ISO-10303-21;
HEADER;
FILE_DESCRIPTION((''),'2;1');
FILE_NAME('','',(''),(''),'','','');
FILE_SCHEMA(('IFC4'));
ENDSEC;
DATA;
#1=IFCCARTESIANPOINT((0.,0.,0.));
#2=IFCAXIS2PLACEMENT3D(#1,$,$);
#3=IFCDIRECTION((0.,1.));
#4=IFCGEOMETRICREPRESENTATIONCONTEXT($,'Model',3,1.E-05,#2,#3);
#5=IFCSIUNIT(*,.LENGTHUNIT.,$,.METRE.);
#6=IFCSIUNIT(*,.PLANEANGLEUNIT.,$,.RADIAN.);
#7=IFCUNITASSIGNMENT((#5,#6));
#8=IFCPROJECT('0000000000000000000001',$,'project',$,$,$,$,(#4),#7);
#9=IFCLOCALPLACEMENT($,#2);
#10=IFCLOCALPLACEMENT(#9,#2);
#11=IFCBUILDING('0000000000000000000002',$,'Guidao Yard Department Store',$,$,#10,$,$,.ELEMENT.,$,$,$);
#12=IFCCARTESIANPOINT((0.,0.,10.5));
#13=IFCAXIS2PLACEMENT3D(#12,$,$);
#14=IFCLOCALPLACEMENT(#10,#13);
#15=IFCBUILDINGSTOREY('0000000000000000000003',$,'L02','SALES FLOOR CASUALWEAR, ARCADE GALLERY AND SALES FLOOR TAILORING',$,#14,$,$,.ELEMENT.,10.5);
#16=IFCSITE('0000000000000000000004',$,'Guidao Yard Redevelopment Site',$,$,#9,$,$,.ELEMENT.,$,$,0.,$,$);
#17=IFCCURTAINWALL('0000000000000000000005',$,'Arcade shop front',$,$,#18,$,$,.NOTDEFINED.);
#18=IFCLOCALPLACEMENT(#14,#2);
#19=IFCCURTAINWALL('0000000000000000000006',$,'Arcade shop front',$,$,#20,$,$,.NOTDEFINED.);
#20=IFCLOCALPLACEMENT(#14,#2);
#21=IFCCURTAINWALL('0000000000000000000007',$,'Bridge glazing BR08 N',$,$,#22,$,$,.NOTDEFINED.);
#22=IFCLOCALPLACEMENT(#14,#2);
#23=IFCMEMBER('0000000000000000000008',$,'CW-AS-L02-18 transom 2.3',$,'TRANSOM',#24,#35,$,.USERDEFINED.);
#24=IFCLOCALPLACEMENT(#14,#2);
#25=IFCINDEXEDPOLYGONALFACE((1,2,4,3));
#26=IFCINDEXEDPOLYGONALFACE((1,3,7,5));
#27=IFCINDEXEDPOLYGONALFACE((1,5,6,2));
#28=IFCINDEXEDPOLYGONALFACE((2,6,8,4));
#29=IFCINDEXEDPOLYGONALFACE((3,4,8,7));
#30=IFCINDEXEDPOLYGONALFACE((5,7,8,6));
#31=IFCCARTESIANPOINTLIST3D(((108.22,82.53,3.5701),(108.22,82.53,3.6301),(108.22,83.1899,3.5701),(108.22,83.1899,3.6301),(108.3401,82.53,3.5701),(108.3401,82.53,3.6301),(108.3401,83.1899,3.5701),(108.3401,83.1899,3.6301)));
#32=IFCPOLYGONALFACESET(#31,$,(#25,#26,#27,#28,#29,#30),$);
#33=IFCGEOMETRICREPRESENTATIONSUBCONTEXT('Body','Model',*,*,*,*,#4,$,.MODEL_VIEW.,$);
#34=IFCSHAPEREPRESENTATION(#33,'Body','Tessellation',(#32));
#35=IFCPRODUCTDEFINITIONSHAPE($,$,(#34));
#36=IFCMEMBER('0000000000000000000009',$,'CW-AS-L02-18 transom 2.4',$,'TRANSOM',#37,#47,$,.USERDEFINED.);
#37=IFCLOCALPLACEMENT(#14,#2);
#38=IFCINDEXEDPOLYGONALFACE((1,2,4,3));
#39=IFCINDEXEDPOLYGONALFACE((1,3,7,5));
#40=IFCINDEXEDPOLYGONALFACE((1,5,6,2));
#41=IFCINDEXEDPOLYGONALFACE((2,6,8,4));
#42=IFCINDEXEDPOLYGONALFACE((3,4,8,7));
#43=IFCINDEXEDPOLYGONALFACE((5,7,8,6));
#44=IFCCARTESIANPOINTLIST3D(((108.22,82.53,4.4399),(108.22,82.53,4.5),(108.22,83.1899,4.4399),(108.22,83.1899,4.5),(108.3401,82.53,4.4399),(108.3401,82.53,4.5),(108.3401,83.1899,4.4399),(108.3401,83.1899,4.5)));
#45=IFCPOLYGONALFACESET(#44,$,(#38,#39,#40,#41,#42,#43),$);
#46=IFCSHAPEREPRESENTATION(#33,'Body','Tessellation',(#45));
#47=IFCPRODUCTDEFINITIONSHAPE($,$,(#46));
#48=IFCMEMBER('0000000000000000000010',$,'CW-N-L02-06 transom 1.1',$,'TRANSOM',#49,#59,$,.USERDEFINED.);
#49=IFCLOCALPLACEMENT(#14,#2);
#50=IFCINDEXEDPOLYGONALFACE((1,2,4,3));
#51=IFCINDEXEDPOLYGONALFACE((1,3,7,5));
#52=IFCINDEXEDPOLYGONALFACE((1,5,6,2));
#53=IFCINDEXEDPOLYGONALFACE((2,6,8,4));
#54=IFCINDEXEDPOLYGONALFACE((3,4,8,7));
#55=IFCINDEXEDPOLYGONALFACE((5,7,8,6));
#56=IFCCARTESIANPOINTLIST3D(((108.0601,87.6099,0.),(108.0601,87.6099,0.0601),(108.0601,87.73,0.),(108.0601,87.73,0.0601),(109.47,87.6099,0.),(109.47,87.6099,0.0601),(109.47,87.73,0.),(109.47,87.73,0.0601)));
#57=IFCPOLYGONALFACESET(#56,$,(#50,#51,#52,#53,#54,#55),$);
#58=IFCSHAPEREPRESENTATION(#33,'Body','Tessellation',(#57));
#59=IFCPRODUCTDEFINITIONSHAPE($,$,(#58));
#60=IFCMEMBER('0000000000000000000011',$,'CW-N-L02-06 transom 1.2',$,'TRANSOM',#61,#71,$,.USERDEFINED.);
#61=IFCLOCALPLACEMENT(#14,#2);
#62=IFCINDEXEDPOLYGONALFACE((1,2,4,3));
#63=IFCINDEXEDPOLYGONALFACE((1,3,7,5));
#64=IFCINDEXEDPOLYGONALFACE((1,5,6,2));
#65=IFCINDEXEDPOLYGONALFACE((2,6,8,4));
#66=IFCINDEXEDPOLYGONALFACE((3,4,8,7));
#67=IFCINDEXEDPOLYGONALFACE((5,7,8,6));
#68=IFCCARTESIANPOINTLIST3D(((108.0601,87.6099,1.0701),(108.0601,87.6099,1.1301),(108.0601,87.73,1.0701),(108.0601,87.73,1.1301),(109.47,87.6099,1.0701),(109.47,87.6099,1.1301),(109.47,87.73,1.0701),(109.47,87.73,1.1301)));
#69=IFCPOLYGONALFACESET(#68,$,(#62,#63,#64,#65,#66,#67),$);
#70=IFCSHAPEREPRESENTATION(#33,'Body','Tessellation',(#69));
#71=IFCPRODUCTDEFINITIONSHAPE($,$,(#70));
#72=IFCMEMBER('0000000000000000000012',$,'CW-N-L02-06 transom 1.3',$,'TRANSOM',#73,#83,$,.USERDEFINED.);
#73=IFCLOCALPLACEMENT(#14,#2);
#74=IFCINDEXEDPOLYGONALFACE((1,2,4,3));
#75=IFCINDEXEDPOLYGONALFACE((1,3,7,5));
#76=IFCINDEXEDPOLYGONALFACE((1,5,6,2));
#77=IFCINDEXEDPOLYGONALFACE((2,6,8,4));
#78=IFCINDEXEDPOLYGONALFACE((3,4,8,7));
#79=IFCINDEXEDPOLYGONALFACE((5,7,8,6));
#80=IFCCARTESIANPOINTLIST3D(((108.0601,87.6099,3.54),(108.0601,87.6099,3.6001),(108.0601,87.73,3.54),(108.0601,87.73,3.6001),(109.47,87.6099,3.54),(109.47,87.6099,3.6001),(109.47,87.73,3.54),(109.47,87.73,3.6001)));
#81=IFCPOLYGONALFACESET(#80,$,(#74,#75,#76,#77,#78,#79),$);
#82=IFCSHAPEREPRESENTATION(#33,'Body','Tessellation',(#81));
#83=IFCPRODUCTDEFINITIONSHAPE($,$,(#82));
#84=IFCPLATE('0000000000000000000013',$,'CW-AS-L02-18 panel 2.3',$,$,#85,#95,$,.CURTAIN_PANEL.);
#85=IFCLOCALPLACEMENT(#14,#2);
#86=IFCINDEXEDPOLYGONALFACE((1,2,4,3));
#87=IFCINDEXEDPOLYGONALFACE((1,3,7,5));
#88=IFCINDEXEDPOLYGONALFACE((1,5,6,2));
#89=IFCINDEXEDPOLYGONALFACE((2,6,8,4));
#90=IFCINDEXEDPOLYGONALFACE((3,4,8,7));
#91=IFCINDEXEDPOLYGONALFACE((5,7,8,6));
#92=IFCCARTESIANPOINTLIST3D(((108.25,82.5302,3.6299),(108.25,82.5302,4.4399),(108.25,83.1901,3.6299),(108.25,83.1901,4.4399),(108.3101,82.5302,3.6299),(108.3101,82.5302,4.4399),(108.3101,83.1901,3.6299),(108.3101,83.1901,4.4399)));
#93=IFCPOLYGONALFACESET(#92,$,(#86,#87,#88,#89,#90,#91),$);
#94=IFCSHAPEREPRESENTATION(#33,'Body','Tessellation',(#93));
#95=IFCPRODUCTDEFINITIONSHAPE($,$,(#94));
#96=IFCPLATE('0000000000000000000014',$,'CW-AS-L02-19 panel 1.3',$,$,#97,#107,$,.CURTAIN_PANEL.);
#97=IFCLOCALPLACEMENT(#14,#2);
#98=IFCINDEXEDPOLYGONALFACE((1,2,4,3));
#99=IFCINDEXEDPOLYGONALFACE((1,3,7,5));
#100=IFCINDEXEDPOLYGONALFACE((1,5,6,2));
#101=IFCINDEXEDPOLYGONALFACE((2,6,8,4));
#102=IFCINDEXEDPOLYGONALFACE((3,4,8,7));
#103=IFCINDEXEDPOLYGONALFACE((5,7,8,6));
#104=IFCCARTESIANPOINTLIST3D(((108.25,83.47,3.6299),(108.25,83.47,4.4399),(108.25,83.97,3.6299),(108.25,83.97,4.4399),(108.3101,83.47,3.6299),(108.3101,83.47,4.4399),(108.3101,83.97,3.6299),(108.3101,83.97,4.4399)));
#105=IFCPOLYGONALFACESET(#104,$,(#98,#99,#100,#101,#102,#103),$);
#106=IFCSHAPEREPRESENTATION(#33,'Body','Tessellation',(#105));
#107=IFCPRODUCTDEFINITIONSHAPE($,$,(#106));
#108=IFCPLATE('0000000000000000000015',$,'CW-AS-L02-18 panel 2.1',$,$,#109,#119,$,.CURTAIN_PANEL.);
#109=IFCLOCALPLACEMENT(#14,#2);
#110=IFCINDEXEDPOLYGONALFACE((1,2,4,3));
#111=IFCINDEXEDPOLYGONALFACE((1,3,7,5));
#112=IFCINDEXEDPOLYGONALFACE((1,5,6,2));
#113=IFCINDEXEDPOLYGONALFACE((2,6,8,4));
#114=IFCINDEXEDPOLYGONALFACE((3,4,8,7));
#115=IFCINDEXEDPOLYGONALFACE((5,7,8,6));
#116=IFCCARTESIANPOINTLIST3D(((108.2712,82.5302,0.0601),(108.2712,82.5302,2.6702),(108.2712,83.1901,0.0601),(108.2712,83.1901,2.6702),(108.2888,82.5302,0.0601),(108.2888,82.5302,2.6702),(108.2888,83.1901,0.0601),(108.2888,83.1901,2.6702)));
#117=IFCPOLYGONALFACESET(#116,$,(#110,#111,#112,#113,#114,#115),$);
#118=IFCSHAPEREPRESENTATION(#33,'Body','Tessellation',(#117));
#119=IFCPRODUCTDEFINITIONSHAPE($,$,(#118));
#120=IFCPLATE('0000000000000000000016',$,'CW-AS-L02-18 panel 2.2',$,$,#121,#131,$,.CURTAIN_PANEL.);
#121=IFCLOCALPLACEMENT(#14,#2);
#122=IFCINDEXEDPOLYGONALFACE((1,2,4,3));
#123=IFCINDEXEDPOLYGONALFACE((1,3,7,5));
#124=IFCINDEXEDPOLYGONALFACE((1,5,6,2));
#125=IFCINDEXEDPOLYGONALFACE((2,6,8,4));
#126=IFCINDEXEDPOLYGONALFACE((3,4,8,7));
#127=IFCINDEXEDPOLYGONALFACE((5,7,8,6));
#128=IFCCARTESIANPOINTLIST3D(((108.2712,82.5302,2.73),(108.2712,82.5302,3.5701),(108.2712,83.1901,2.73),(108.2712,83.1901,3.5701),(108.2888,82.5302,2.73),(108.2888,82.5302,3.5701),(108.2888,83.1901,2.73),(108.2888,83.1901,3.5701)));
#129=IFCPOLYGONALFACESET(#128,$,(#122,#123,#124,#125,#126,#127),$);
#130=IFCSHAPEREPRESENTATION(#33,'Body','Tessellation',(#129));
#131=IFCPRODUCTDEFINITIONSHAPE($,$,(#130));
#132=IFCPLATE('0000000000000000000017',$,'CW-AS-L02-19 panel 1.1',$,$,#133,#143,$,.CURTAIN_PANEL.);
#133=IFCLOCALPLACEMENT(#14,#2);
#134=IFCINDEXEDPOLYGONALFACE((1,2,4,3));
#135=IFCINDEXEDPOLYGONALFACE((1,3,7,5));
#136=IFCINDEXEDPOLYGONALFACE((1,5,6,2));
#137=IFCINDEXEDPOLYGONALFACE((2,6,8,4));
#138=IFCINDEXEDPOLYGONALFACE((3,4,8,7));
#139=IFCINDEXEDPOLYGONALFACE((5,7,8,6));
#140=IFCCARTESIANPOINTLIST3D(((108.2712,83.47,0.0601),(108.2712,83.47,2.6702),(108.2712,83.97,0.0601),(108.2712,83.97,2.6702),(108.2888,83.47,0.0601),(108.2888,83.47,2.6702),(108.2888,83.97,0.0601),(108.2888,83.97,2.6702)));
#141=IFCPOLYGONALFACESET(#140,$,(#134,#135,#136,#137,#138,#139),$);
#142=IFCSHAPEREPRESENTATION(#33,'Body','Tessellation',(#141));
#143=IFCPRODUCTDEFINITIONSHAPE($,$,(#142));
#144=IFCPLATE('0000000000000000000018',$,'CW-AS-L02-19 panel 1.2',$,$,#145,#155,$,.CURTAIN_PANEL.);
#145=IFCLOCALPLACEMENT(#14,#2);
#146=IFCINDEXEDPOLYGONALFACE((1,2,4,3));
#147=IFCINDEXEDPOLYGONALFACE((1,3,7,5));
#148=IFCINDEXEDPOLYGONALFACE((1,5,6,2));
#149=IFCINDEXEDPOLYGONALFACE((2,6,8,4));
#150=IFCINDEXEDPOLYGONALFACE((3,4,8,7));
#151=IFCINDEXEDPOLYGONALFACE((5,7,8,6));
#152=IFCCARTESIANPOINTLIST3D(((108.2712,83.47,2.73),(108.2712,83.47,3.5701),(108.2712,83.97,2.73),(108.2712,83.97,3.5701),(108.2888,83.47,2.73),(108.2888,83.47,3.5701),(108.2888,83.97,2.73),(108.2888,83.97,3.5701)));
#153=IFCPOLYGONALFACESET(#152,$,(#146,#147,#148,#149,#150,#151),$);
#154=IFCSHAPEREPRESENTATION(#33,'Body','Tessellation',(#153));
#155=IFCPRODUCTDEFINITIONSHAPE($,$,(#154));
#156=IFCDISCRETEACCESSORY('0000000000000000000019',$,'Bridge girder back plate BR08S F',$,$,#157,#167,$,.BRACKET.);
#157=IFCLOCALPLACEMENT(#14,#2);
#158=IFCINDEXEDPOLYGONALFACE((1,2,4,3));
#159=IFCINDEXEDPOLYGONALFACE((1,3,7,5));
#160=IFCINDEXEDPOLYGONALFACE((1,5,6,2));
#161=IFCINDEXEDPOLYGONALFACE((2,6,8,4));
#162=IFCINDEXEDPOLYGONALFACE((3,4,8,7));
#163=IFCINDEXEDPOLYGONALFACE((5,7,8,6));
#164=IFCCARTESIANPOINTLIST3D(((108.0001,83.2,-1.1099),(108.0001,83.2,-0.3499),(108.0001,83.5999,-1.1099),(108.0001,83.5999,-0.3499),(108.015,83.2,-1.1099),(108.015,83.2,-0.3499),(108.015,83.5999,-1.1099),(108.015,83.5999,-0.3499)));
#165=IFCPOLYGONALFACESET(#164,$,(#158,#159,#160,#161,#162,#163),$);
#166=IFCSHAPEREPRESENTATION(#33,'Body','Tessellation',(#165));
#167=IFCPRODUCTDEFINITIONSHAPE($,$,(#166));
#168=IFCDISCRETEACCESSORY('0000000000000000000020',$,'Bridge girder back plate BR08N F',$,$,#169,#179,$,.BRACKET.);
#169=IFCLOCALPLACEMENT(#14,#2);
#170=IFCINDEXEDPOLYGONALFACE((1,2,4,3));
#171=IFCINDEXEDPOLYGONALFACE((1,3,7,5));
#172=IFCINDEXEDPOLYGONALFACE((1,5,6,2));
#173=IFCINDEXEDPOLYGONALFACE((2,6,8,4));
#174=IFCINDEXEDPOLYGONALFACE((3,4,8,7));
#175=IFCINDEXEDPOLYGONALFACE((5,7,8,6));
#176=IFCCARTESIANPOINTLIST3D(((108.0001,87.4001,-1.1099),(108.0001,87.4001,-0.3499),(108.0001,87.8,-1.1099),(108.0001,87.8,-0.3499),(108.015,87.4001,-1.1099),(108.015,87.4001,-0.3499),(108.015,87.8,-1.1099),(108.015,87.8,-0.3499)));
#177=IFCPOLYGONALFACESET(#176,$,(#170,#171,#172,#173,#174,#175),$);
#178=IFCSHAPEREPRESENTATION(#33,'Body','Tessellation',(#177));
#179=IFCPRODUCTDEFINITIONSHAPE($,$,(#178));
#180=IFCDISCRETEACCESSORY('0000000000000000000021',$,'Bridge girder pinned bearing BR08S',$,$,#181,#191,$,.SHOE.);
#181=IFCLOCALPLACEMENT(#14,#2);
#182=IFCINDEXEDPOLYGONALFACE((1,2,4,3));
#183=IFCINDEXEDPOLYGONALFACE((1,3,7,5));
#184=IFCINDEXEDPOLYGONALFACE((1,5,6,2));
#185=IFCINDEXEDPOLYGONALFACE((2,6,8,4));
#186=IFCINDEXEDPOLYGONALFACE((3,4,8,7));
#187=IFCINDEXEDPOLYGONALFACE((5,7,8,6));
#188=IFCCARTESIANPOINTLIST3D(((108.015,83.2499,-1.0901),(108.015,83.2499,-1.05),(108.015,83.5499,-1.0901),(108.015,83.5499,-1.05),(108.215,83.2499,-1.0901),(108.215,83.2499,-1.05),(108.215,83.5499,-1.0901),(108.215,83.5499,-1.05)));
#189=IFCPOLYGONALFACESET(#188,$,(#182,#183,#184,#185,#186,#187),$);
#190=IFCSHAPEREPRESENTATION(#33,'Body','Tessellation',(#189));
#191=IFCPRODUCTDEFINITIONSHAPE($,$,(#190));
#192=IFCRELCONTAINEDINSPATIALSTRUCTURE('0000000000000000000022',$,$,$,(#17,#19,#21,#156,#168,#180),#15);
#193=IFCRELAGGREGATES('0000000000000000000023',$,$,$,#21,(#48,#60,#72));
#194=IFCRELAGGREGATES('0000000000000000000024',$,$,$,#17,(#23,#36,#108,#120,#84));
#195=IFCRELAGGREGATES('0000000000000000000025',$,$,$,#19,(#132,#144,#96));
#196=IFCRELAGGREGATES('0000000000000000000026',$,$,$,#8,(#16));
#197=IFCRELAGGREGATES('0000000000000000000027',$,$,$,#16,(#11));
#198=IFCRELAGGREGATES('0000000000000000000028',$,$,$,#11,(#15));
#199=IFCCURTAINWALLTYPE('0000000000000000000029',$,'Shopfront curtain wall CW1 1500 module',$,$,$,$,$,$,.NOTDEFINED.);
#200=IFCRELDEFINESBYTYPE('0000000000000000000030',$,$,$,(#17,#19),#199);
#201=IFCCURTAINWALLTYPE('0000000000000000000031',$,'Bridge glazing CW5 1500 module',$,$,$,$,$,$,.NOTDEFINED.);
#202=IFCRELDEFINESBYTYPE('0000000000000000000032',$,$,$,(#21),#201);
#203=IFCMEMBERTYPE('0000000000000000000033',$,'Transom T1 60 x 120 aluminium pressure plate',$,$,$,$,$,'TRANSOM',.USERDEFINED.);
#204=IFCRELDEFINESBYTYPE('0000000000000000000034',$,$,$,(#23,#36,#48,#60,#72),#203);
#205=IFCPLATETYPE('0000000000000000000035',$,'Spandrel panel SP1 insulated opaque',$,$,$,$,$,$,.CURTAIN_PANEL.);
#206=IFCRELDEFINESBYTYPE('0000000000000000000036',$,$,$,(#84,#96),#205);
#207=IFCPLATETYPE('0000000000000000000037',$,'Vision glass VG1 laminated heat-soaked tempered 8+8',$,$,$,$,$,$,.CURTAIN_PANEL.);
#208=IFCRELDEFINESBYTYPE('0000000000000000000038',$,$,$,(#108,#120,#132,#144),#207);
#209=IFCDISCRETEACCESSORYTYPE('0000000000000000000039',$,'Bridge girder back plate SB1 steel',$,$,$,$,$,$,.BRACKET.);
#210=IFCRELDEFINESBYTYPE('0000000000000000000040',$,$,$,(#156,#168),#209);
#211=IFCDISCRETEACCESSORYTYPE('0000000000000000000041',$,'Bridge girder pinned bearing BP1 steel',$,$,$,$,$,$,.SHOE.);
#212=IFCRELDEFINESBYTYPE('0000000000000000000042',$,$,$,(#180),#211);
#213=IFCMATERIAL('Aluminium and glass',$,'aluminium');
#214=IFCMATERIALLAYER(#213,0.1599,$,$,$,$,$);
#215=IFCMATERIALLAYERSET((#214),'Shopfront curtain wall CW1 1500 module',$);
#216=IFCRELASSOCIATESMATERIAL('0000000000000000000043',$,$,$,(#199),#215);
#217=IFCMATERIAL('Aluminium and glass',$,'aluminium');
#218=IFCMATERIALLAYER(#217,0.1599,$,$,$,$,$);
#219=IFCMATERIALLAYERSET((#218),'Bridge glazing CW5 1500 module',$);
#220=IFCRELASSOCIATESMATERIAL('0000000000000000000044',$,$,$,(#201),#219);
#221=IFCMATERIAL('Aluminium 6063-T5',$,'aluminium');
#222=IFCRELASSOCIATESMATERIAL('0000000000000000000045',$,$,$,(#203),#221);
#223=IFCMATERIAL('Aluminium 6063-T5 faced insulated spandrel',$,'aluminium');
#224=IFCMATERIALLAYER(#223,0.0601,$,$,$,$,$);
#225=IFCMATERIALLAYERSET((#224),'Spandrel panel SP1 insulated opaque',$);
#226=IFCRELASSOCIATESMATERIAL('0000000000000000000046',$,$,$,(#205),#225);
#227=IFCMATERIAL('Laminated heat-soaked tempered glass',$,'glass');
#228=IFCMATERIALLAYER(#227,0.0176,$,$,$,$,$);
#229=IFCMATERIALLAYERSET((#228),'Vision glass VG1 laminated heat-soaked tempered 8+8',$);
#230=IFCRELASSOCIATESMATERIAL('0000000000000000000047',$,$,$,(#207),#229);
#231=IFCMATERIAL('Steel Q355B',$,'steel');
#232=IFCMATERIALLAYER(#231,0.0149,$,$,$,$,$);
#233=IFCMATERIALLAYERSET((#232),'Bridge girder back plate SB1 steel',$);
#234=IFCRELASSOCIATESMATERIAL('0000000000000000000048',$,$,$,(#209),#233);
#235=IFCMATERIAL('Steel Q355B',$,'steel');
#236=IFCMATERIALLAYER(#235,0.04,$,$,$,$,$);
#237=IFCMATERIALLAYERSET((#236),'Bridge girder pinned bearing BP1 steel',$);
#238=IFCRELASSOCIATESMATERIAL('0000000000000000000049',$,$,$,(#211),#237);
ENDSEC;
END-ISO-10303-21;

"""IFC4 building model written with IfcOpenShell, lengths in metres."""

from ifc_helpers import new_model, si_unit, direction, frame, origin, origin_2d, place, context, subcontext, project, spatial, rectangle, extrude, material, layer, layer_set, material_profile, profile_set, type_object, element, aggregate, save


model = new_model("IFC4")

# Units and contexts
model_context = context("Model", 3, precision=1e-05, world=origin(), true_north=direction((0.0, 1.0)))
body_context = subcontext(model_context, "Body", "Model", "MODEL_VIEW")
ifc_project = project(units=[si_unit("LENGTHUNIT", "METRE"), si_unit("PLANEANGLEUNIT", "RADIAN")], contexts=[model_context])

# Site, building, storey
site_placement = place(None, origin())
site = spatial("IfcSite", under=ifc_project, at=site_placement, Name="Guidao Yard Redevelopment Site", CompositionType="ELEMENT", RefElevation=0.0)
building_placement = place(site_placement, origin())
building = spatial("IfcBuilding", under=site, at=building_placement, Name="Guidao Yard Department Store", CompositionType="ELEMENT")
storey_placement = place(building_placement, frame((0.0, 0.0, 10.5)))
storey = spatial("IfcBuildingStorey", under=building, at=storey_placement, Name="L02", Description="SALES FLOOR CASUALWEAR, ARCADE GALLERY AND SALES FLOOR TAILORING", CompositionType="ELEMENT", Elevation=10.5)

# Curtain wall
ifc_material_1 = material(Name="Aluminium and glass", Category="aluminium")
ifc_layer_1 = layer(ifc_material_1, 0.1599)
ifc_layer_set_1 = layer_set([ifc_layer_1], Name="Shopfront curtain wall CW1 1500 module")
curtain_wall_type_1 = type_object("IfcCurtainWallType", Name="Shopfront curtain wall CW1 1500 module", PredefinedType="NOTDEFINED", material=ifc_layer_set_1)
curtain_wall_1_placement = place(storey_placement, origin())
curtain_wall_1 = element("IfcCurtainWall", 1, at=curtain_wall_1_placement, inside=storey, type_object=curtain_wall_type_1, Name="Arcade shop front", PredefinedType="NOTDEFINED")

# Curtain walls
curtain_wall_2_placement = place(storey_placement, origin())
curtain_wall_2 = element("IfcCurtainWall", 2, at=curtain_wall_2_placement, inside=storey, type_object=curtain_wall_type_1, Name="Arcade shop front", PredefinedType="NOTDEFINED")
ifc_material_2 = material(Name="Aluminium and glass", Category="aluminium")
ifc_layer_2 = layer(ifc_material_2, 0.1599)
ifc_layer_set_2 = layer_set([ifc_layer_2], Name="Bridge glazing CW5 1500 module")
curtain_wall_type_2 = type_object("IfcCurtainWallType", Name="Bridge glazing CW5 1500 module", PredefinedType="NOTDEFINED", material=ifc_layer_set_2)
curtain_wall_3_placement = place(storey_placement, origin())
curtain_wall_3 = element("IfcCurtainWall", 3, at=curtain_wall_3_placement, inside=storey, type_object=curtain_wall_type_2, Name="Bridge glazing BR08 N", PredefinedType="NOTDEFINED")

# Members
ifc_material_3 = material(Name="Aluminium 6063-T5", Category="aluminium")
ifc_material_profile_1 = material_profile(ifc_material_3, rectangle(XDim=0.1201, YDim=0.0601, at=origin_2d()), Name="Transom T1 60 x 120 aluminium pressure plate")
ifc_profile_set_1 = profile_set([ifc_material_profile_1], Name="Aluminium 6063-T5")
member_type_1 = type_object("IfcMemberType", Name="Transom T1 60 x 120 aluminium pressure plate", ElementType="TRANSOM", PredefinedType="USERDEFINED", material=ifc_profile_set_1)
member_1_placement = place(storey_placement, frame((108.28, 83.1899, 3.6001), z_axis=(0.0, -1.0, 0.0), x_axis=(1.0, 0.0, 0.0)))
member_1 = element("IfcMember", 4, at=member_1_placement, type_object=member_type_1, Name="CW-AS-L02-18 transom 2.3", ObjectType="TRANSOM", PredefinedType="USERDEFINED", context=body_context, shape_type="SweptSolid", body=[
    extrude(rectangle(XDim=0.1201, YDim=0.0601, at=origin_2d()), origin(), (0.0, 0.0, 1.0), 0.6599),
])
member_2_placement = place(storey_placement, frame((108.28, 83.1899, 4.47), z_axis=(0.0, -1.0, 0.0), x_axis=(1.0, 0.0, 0.0)))
member_2 = element("IfcMember", 5, at=member_2_placement, type_object=member_type_1, Name="CW-AS-L02-18 transom 2.4", ObjectType="TRANSOM", PredefinedType="USERDEFINED", context=body_context, shape_type="SweptSolid", body=[
    extrude(rectangle(XDim=0.1201, YDim=0.0601, at=origin_2d()), origin(), (0.0, 0.0, 1.0), 0.6599),
])
member_3_placement = place(storey_placement, frame((108.0601, 87.6699, 0.03), z_axis=(1.0, 0.0, 0.0), x_axis=(0.0, 1.0, 0.0)))
member_3 = element("IfcMember", 6, at=member_3_placement, type_object=member_type_1, Name="CW-N-L02-06 transom 1.1", ObjectType="TRANSOM", PredefinedType="USERDEFINED", context=body_context, shape_type="SweptSolid", body=[
    extrude(rectangle(XDim=0.1201, YDim=0.0601, at=origin_2d()), origin(), (0.0, 0.0, 1.0), 1.4099),
])
member_4_placement = place(storey_placement, frame((108.0601, 87.6699, 1.1001), z_axis=(1.0, 0.0, 0.0), x_axis=(0.0, 1.0, 0.0)))
member_4 = element("IfcMember", 7, at=member_4_placement, type_object=member_type_1, Name="CW-N-L02-06 transom 1.2", ObjectType="TRANSOM", PredefinedType="USERDEFINED", context=body_context, shape_type="SweptSolid", body=[
    extrude(rectangle(XDim=0.1201, YDim=0.0601, at=origin_2d()), origin(), (0.0, 0.0, 1.0), 1.4099),
])
member_5_placement = place(storey_placement, frame((108.0601, 87.6699, 3.5701), z_axis=(1.0, 0.0, 0.0), x_axis=(0.0, 1.0, 0.0)))
member_5 = element("IfcMember", 8, at=member_5_placement, type_object=member_type_1, Name="CW-N-L02-06 transom 1.3", ObjectType="TRANSOM", PredefinedType="USERDEFINED", context=body_context, shape_type="SweptSolid", body=[
    extrude(rectangle(XDim=0.1201, YDim=0.0601, at=origin_2d()), origin(), (0.0, 0.0, 1.0), 1.4099),
])
aggregate(curtain_wall_3, [member_3, member_4, member_5])

# Plates
ifc_material_4 = material(Name="Aluminium 6063-T5 faced insulated spandrel", Category="aluminium")
ifc_layer_3 = layer(ifc_material_4, 0.0601)
ifc_layer_set_3 = layer_set([ifc_layer_3], Name="Spandrel panel SP1 insulated opaque")
plate_type_1 = type_object("IfcPlateType", Name="Spandrel panel SP1 insulated opaque", PredefinedType="CURTAIN_PANEL", material=ifc_layer_set_3)
plate_1_placement = place(storey_placement, frame((108.28, 82.8601, 3.6299), z_axis=(0.0, 0.0, 1.0), x_axis=(0.0, -1.0, 0.0)))
plate_1 = element("IfcPlate", 9, at=plate_1_placement, type_object=plate_type_1, Name="CW-AS-L02-18 panel 2.3", PredefinedType="CURTAIN_PANEL", context=body_context, shape_type="SweptSolid", body=[
    extrude(rectangle(XDim=0.6599, YDim=0.0601, at=origin_2d()), origin(), (0.0, 0.0, 1.0), 0.8101),
])
plate_2_placement = place(storey_placement, frame((108.28, 83.72, 3.6299), z_axis=(0.0, 0.0, 1.0), x_axis=(0.0, -1.0, 0.0)))
plate_2 = element("IfcPlate", 10, at=plate_2_placement, type_object=plate_type_1, Name="CW-AS-L02-19 panel 1.3", PredefinedType="CURTAIN_PANEL", context=body_context, shape_type="SweptSolid", body=[
    extrude(rectangle(XDim=0.5, YDim=0.0601, at=origin_2d()), origin(), (0.0, 0.0, 1.0), 0.8101),
])
ifc_material_5 = material(Name="Laminated heat-soaked tempered glass", Category="glass")
ifc_layer_4 = layer(ifc_material_5, 0.0176)
ifc_layer_set_4 = layer_set([ifc_layer_4], Name="Vision glass VG1 laminated heat-soaked tempered 8+8")
plate_type_2 = type_object("IfcPlateType", Name="Vision glass VG1 laminated heat-soaked tempered 8+8", PredefinedType="CURTAIN_PANEL", material=ifc_layer_set_4)
plate_3_placement = place(storey_placement, frame((108.28, 82.8601, 0.0601), z_axis=(0.0, 0.0, 1.0), x_axis=(0.0, -1.0, 0.0)))
plate_3 = element("IfcPlate", 11, at=plate_3_placement, type_object=plate_type_2, Name="CW-AS-L02-18 panel 2.1", PredefinedType="CURTAIN_PANEL", context=body_context, shape_type="SweptSolid", body=[
    extrude(rectangle(XDim=0.6599, YDim=0.0176, at=origin_2d()), origin(), (0.0, 0.0, 1.0), 2.6101),
])
plate_4_placement = place(storey_placement, frame((108.28, 82.8601, 2.73), z_axis=(0.0, 0.0, 1.0), x_axis=(0.0, -1.0, 0.0)))
plate_4 = element("IfcPlate", 12, at=plate_4_placement, type_object=plate_type_2, Name="CW-AS-L02-18 panel 2.2", PredefinedType="CURTAIN_PANEL", context=body_context, shape_type="SweptSolid", body=[
    extrude(rectangle(XDim=0.6599, YDim=0.0176, at=origin_2d()), origin(), (0.0, 0.0, 1.0), 0.8401),
])
aggregate(curtain_wall_1, [member_1, member_2, plate_3, plate_4, plate_1])
plate_5_placement = place(storey_placement, frame((108.28, 83.72, 0.0601), z_axis=(0.0, 0.0, 1.0), x_axis=(0.0, -1.0, 0.0)))
plate_5 = element("IfcPlate", 13, at=plate_5_placement, type_object=plate_type_2, Name="CW-AS-L02-19 panel 1.1", PredefinedType="CURTAIN_PANEL", context=body_context, shape_type="SweptSolid", body=[
    extrude(rectangle(XDim=0.5, YDim=0.0176, at=origin_2d()), origin(), (0.0, 0.0, 1.0), 2.6101),
])
plate_6_placement = place(storey_placement, frame((108.28, 83.72, 2.73), z_axis=(0.0, 0.0, 1.0), x_axis=(0.0, -1.0, 0.0)))
plate_6 = element("IfcPlate", 14, at=plate_6_placement, type_object=plate_type_2, Name="CW-AS-L02-19 panel 1.2", PredefinedType="CURTAIN_PANEL", context=body_context, shape_type="SweptSolid", body=[
    extrude(rectangle(XDim=0.5, YDim=0.0176, at=origin_2d()), origin(), (0.0, 0.0, 1.0), 0.8401),
])
aggregate(curtain_wall_2, [plate_5, plate_6, plate_2])

# Discrete accessories
ifc_material_6 = material(Name="Steel Q355B", Category="steel")
ifc_layer_5 = layer(ifc_material_6, 0.0149)
ifc_layer_set_5 = layer_set([ifc_layer_5], Name="Bridge girder back plate SB1 steel")
discrete_accessory_type_1 = type_object("IfcDiscreteAccessoryType", Name="Bridge girder back plate SB1 steel", PredefinedType="BRACKET", material=ifc_layer_set_5)
for number, where, z_axis, x_axis, name in (
    (15, (108.0076, 83.3999, -1.1099), (0.0, 0.0, 1.0), (1.0, 0.0, 0.0), "Bridge girder back plate BR08S F"),
    (16, (108.0076, 87.6001, -1.1099), (0.0, 0.0, 1.0), (1.0, 0.0, 0.0), "Bridge girder back plate BR08N F"),
):
    element("IfcDiscreteAccessory", number, at=place(storey_placement, frame(where, z_axis=z_axis, x_axis=x_axis)), inside=storey, type_object=discrete_accessory_type_1, Name=name, PredefinedType="BRACKET", context=body_context, shape_type="SweptSolid", body=[
        extrude(rectangle(XDim=0.0149, YDim=0.3999, at=origin_2d()), origin(), (0.0, 0.0, 1.0), 0.76),
    ])
ifc_material_7 = material(Name="Steel Q355B", Category="steel")
ifc_layer_6 = layer(ifc_material_7, 0.04)
ifc_layer_set_6 = layer_set([ifc_layer_6], Name="Bridge girder pinned bearing BP1 steel")
discrete_accessory_type_2 = type_object("IfcDiscreteAccessoryType", Name="Bridge girder pinned bearing BP1 steel", PredefinedType="SHOE", material=ifc_layer_set_6)
for number, where, z_axis, x_axis, name in (
    (17, (108.115, 83.3999, -1.0901), (0.0, 0.0, 1.0), (1.0, 0.0, 0.0), "Bridge girder pinned bearing BR08S"),
):
    element("IfcDiscreteAccessory", number, at=place(storey_placement, frame(where, z_axis=z_axis, x_axis=x_axis)), inside=storey, type_object=discrete_accessory_type_2, Name=name, PredefinedType="SHOE", context=body_context, shape_type="SweptSolid", body=[
        extrude(rectangle(XDim=0.2, YDim=0.3, at=origin_2d()), origin(), (0.0, 0.0, 1.0), 0.04),
    ])

save(model, "model.ifc")
